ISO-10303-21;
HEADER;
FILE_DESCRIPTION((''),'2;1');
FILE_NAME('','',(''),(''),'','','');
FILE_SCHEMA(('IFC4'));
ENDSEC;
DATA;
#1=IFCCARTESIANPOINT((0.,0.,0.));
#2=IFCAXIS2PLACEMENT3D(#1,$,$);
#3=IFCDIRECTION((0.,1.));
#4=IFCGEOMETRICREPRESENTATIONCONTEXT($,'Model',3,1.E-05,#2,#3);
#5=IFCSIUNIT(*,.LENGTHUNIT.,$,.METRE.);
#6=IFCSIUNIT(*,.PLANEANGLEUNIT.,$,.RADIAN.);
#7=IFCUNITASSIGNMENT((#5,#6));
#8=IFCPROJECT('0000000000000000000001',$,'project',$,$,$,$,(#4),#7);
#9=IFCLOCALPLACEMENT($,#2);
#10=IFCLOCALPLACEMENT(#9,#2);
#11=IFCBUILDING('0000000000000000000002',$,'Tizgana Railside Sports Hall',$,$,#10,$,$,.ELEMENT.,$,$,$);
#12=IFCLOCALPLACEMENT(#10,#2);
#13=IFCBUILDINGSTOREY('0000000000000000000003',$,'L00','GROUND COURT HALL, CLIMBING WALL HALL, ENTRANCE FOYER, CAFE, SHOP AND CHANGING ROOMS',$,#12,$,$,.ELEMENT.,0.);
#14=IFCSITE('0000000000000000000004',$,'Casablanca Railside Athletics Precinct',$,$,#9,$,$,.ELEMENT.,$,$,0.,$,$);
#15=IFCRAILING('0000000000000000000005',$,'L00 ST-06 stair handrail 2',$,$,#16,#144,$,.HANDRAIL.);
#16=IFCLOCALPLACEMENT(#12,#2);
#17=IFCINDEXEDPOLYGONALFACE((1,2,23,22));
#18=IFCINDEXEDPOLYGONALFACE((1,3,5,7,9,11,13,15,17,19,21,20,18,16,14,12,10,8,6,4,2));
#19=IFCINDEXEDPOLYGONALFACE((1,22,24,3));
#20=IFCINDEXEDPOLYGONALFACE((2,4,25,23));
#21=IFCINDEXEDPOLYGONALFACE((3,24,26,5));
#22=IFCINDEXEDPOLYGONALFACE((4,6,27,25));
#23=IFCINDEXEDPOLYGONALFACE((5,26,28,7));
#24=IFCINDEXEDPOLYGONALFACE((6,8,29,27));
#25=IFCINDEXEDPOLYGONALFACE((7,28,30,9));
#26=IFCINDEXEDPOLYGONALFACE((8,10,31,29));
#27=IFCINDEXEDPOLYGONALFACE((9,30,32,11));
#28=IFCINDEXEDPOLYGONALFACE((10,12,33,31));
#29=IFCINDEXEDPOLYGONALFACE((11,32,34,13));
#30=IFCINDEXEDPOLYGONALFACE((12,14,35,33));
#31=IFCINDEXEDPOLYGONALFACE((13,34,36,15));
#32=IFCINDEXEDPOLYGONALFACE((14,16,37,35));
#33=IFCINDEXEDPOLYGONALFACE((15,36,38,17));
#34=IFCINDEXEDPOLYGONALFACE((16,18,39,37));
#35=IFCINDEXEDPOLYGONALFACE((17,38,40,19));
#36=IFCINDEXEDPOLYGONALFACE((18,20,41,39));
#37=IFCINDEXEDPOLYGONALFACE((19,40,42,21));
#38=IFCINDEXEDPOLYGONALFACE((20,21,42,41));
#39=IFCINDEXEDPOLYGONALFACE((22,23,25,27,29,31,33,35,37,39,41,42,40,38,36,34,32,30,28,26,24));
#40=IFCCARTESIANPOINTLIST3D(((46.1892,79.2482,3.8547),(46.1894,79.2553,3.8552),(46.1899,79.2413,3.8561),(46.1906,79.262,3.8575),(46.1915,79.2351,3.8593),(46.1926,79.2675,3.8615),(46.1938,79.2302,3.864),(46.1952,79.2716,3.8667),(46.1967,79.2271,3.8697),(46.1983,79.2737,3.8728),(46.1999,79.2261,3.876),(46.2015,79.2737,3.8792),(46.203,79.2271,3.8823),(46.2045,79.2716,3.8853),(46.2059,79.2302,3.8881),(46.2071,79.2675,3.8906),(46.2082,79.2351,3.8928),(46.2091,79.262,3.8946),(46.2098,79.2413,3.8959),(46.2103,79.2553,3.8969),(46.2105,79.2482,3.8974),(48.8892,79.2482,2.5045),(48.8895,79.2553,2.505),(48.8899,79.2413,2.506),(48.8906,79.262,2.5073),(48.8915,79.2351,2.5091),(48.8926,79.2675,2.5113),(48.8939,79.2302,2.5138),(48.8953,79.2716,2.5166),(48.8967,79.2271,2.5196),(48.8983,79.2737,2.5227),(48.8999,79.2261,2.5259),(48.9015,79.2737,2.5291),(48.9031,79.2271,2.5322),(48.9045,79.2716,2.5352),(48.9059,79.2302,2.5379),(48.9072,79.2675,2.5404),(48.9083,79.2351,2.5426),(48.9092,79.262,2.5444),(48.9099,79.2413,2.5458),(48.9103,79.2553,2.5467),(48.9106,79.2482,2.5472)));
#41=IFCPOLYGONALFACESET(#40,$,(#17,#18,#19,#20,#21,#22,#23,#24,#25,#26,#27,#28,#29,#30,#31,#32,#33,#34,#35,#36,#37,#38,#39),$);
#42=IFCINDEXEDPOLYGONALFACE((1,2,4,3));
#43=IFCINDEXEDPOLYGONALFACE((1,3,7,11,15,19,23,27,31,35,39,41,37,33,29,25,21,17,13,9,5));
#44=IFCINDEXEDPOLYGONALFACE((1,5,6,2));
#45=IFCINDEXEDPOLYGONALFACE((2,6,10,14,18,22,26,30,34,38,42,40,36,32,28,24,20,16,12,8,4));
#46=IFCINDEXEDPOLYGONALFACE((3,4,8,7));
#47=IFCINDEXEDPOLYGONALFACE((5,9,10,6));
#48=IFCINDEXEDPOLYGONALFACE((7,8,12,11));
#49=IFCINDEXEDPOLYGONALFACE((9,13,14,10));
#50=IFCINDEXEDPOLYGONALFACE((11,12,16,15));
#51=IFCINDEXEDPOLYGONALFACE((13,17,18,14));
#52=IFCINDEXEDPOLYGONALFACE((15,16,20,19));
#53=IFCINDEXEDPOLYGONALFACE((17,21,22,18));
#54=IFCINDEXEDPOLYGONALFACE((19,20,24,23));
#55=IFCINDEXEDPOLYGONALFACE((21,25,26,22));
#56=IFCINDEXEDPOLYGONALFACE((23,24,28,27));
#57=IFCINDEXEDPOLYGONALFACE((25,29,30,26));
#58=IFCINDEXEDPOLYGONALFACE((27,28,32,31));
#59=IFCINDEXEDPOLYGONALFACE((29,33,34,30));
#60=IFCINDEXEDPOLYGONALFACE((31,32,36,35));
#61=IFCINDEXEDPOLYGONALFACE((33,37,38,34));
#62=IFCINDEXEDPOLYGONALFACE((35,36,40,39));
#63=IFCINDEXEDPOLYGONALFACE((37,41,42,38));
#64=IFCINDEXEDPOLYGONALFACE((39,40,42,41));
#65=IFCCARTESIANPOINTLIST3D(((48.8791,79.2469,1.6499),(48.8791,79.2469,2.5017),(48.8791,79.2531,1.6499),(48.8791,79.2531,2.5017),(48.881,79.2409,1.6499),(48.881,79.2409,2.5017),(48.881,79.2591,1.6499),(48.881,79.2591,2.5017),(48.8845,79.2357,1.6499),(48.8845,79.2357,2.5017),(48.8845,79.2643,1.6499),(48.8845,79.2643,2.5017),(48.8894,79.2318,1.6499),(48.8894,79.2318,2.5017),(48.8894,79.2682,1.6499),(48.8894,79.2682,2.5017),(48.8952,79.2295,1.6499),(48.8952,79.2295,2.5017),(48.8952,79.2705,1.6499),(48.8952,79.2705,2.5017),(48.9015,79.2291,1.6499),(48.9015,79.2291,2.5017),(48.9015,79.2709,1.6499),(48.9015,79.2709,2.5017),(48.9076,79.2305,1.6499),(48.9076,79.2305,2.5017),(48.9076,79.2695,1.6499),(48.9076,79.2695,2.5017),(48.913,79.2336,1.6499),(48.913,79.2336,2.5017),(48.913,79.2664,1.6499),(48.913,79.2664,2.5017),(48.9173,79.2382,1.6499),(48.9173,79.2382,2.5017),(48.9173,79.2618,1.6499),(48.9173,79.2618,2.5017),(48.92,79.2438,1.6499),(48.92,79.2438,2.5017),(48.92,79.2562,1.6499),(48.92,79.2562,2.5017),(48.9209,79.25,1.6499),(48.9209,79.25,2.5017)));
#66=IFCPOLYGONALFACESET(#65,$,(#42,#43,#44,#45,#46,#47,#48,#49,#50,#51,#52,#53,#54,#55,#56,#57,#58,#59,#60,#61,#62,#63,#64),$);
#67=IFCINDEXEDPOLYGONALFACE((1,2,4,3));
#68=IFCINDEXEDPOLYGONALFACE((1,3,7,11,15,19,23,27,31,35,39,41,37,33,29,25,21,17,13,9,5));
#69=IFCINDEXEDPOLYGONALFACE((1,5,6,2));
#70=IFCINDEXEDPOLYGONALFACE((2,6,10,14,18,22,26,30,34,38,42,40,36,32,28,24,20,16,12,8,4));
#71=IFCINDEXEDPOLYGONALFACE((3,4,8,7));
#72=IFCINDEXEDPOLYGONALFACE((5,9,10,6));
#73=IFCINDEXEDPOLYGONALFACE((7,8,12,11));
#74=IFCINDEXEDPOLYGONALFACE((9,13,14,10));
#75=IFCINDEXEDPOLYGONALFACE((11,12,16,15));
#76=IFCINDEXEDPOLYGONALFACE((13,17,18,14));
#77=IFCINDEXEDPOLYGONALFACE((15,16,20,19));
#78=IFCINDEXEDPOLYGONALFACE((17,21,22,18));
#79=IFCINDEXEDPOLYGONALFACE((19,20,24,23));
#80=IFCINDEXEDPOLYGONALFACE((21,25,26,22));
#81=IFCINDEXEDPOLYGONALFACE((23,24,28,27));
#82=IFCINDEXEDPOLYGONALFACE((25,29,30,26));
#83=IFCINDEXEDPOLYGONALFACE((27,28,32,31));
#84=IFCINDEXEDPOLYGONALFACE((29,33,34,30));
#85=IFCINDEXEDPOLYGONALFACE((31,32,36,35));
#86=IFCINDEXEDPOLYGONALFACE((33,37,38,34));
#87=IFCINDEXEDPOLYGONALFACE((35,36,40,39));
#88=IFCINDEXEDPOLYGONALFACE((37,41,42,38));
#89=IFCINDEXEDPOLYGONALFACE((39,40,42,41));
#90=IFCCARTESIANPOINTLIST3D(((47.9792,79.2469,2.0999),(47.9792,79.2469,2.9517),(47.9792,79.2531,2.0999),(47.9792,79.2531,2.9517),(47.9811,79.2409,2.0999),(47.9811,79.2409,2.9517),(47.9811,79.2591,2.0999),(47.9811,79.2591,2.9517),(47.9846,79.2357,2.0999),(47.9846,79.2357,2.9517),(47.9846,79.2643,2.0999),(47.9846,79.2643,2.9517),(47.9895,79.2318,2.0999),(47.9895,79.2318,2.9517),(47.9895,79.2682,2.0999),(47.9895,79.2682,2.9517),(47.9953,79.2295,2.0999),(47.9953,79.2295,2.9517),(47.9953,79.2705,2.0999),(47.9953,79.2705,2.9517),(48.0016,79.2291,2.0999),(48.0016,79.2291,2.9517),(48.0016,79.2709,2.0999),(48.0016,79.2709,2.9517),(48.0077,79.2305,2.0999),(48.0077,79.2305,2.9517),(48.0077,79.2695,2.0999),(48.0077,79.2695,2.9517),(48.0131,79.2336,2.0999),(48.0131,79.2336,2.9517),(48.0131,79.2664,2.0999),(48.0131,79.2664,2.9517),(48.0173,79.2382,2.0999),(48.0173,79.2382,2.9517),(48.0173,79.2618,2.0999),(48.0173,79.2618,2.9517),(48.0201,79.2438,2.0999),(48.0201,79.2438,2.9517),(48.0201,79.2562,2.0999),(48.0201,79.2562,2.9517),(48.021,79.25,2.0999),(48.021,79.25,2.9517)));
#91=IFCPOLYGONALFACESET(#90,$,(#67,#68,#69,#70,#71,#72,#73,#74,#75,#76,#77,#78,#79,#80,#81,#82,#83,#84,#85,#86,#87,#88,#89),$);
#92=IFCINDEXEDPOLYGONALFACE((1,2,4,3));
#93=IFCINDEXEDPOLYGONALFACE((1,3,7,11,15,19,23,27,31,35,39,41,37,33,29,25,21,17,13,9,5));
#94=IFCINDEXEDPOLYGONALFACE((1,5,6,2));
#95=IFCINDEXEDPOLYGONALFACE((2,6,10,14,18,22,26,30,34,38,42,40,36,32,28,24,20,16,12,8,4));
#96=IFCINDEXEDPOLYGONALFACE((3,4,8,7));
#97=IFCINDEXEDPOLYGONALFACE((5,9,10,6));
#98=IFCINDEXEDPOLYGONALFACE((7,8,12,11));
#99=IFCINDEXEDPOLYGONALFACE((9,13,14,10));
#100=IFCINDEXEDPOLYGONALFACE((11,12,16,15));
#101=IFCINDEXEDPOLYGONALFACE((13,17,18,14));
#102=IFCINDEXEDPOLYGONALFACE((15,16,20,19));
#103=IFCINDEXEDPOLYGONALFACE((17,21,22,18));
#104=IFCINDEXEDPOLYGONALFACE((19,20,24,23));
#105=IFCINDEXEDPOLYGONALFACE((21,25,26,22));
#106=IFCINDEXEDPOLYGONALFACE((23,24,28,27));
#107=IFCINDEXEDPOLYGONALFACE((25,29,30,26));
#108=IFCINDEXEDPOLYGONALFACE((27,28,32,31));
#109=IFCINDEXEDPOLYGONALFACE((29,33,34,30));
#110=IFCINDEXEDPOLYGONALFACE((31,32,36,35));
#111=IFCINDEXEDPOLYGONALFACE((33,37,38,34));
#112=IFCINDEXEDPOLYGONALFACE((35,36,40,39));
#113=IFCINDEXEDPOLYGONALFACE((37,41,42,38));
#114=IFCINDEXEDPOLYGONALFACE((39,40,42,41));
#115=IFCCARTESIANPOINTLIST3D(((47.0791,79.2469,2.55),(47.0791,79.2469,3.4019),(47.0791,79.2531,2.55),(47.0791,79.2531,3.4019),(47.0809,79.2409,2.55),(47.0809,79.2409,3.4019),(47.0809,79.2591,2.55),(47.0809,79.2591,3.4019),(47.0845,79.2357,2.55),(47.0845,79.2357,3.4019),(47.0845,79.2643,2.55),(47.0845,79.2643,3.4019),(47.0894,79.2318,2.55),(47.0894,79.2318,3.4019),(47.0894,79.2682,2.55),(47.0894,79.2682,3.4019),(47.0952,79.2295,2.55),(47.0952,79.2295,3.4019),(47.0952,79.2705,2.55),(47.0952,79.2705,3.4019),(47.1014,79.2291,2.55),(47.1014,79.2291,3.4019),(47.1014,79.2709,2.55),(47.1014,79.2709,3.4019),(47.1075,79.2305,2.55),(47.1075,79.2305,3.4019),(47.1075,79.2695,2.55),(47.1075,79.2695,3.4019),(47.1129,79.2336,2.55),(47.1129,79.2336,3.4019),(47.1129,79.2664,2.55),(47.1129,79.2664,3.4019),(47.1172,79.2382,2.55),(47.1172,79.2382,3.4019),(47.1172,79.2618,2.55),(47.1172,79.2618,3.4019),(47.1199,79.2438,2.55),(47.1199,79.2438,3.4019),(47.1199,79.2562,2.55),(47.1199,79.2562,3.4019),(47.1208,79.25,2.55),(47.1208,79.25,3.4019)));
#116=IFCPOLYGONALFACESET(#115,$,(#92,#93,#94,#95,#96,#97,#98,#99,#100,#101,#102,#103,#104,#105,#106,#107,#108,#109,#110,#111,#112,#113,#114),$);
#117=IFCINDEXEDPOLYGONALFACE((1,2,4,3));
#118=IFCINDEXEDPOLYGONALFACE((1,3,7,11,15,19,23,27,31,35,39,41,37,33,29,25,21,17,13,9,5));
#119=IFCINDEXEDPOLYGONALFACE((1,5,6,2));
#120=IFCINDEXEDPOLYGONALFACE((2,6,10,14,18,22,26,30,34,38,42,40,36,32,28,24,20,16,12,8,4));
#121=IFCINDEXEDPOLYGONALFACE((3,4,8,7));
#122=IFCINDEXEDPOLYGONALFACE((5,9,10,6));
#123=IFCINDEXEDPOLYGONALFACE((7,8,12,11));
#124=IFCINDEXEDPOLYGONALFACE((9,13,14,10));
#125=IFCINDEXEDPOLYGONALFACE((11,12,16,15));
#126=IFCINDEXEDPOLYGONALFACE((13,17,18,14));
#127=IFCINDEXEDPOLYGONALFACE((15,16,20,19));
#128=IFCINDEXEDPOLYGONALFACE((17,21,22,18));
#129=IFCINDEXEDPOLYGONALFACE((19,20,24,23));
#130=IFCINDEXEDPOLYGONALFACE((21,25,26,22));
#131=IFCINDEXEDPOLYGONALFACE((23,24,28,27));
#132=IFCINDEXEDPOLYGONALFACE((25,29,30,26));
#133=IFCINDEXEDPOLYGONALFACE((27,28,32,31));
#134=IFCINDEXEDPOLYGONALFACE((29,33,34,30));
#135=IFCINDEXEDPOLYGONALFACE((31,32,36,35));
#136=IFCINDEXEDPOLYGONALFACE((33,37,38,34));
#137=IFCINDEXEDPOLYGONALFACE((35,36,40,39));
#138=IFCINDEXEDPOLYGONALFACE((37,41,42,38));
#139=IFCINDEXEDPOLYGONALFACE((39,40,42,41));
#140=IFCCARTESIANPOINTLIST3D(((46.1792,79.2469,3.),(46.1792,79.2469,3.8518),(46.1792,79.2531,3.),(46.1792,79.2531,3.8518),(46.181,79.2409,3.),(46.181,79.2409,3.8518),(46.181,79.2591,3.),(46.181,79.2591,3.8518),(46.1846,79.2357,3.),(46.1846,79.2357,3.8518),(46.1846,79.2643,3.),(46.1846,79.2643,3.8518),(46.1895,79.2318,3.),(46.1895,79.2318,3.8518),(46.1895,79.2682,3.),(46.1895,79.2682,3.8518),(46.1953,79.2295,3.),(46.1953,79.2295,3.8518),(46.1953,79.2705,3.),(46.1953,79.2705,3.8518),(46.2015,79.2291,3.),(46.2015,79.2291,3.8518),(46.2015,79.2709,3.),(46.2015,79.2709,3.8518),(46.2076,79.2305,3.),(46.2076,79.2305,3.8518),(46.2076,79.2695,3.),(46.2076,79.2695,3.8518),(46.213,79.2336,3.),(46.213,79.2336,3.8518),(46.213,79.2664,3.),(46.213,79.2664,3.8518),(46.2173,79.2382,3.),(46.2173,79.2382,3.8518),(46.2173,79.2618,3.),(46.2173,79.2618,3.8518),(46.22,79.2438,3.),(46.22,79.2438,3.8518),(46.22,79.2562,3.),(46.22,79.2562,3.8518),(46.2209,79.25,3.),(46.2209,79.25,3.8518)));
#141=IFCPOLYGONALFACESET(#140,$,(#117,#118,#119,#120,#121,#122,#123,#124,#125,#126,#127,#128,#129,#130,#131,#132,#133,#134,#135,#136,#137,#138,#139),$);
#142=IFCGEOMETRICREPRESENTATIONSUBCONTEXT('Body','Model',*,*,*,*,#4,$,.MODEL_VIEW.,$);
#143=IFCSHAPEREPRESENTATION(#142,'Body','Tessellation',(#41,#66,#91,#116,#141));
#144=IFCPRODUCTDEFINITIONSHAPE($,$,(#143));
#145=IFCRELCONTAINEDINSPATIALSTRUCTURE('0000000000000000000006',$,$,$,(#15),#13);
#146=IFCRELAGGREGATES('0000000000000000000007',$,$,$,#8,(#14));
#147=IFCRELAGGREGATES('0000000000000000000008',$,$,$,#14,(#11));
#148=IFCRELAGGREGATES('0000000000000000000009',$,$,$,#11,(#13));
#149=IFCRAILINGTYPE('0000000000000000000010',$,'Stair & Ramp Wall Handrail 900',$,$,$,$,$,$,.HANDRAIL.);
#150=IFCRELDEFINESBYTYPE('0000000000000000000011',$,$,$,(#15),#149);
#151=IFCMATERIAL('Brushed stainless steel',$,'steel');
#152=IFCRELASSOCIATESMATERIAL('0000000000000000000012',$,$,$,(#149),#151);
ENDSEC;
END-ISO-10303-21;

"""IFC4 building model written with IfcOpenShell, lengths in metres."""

from ifc_helpers import new_model, si_unit, direction, frame, origin, origin_2d, place, context, subcontext, project, spatial, circle, extrude, material, type_object, element, save


model = new_model("IFC4")

# Units and contexts
model_context = context("Model", 3, precision=1e-05, world=origin(), true_north=direction((0.0, 1.0)))
body_context = subcontext(model_context, "Body", "Model", "MODEL_VIEW")
ifc_project = project(units=[si_unit("LENGTHUNIT", "METRE"), si_unit("PLANEANGLEUNIT", "RADIAN")], contexts=[model_context])

# Site, building, storey
site_placement = place(None, origin())
site = spatial("IfcSite", under=ifc_project, at=site_placement, Name="Casablanca Railside Athletics Precinct", CompositionType="ELEMENT", RefElevation=0.0)
building_placement = place(site_placement, origin())
building = spatial("IfcBuilding", under=site, at=building_placement, Name="Tizgana Railside Sports Hall", CompositionType="ELEMENT")
storey_placement = place(building_placement, origin())
storey = spatial("IfcBuildingStorey", under=building, at=storey_placement, Name="L00", Description="GROUND COURT HALL, CLIMBING WALL HALL, ENTRANCE FOYER, CAFE, SHOP AND CHANGING ROOMS", CompositionType="ELEMENT", Elevation=0.0)

# Railing
ifc_material_1 = material(Name="Brushed stainless steel", Category="steel")
railing_type_1 = type_object("IfcRailingType", Name="Stair & Ramp Wall Handrail 900", PredefinedType="HANDRAIL", material=ifc_material_1)
for number, where, name in (
    (1, (48.8999, 79.25, 1.6499), "L00 ST-06 stair handrail 2"),
):
    element("IfcRailing", number, at=place(storey_placement, frame(where)), inside=storey, type_object=railing_type_1, Name=name, PredefinedType="HANDRAIL", context=body_context, shape_type="SweptSolid", body=[
        extrude(circle(Radius=0.0239, at=origin_2d()), frame((0.0, 0.0, 0.876), z_axis=(-0.894411, 0.0, 0.447246), x_axis=(0.0, -1.0, 0.0)), (0.0, 0.0, 1.0), 3.0188),
        extrude(circle(Radius=0.021, at=origin_2d()), origin(), (0.0, 0.0, 1.0), 0.8518),
        extrude(circle(Radius=0.021, at=origin_2d()), frame((-0.8999, 0.0, 0.45)), (0.0, 0.0, 1.0), 0.8518),
        extrude(circle(Radius=0.021, at=origin_2d()), frame((-1.8, 0.0, 0.9001)), (0.0, 0.0, 1.0), 0.8518),
        extrude(circle(Radius=0.021, at=origin_2d()), frame((-2.7, 0.0, 1.3501)), (0.0, 0.0, 1.0), 0.8518),
    ])

save(model, "model.ifc")
